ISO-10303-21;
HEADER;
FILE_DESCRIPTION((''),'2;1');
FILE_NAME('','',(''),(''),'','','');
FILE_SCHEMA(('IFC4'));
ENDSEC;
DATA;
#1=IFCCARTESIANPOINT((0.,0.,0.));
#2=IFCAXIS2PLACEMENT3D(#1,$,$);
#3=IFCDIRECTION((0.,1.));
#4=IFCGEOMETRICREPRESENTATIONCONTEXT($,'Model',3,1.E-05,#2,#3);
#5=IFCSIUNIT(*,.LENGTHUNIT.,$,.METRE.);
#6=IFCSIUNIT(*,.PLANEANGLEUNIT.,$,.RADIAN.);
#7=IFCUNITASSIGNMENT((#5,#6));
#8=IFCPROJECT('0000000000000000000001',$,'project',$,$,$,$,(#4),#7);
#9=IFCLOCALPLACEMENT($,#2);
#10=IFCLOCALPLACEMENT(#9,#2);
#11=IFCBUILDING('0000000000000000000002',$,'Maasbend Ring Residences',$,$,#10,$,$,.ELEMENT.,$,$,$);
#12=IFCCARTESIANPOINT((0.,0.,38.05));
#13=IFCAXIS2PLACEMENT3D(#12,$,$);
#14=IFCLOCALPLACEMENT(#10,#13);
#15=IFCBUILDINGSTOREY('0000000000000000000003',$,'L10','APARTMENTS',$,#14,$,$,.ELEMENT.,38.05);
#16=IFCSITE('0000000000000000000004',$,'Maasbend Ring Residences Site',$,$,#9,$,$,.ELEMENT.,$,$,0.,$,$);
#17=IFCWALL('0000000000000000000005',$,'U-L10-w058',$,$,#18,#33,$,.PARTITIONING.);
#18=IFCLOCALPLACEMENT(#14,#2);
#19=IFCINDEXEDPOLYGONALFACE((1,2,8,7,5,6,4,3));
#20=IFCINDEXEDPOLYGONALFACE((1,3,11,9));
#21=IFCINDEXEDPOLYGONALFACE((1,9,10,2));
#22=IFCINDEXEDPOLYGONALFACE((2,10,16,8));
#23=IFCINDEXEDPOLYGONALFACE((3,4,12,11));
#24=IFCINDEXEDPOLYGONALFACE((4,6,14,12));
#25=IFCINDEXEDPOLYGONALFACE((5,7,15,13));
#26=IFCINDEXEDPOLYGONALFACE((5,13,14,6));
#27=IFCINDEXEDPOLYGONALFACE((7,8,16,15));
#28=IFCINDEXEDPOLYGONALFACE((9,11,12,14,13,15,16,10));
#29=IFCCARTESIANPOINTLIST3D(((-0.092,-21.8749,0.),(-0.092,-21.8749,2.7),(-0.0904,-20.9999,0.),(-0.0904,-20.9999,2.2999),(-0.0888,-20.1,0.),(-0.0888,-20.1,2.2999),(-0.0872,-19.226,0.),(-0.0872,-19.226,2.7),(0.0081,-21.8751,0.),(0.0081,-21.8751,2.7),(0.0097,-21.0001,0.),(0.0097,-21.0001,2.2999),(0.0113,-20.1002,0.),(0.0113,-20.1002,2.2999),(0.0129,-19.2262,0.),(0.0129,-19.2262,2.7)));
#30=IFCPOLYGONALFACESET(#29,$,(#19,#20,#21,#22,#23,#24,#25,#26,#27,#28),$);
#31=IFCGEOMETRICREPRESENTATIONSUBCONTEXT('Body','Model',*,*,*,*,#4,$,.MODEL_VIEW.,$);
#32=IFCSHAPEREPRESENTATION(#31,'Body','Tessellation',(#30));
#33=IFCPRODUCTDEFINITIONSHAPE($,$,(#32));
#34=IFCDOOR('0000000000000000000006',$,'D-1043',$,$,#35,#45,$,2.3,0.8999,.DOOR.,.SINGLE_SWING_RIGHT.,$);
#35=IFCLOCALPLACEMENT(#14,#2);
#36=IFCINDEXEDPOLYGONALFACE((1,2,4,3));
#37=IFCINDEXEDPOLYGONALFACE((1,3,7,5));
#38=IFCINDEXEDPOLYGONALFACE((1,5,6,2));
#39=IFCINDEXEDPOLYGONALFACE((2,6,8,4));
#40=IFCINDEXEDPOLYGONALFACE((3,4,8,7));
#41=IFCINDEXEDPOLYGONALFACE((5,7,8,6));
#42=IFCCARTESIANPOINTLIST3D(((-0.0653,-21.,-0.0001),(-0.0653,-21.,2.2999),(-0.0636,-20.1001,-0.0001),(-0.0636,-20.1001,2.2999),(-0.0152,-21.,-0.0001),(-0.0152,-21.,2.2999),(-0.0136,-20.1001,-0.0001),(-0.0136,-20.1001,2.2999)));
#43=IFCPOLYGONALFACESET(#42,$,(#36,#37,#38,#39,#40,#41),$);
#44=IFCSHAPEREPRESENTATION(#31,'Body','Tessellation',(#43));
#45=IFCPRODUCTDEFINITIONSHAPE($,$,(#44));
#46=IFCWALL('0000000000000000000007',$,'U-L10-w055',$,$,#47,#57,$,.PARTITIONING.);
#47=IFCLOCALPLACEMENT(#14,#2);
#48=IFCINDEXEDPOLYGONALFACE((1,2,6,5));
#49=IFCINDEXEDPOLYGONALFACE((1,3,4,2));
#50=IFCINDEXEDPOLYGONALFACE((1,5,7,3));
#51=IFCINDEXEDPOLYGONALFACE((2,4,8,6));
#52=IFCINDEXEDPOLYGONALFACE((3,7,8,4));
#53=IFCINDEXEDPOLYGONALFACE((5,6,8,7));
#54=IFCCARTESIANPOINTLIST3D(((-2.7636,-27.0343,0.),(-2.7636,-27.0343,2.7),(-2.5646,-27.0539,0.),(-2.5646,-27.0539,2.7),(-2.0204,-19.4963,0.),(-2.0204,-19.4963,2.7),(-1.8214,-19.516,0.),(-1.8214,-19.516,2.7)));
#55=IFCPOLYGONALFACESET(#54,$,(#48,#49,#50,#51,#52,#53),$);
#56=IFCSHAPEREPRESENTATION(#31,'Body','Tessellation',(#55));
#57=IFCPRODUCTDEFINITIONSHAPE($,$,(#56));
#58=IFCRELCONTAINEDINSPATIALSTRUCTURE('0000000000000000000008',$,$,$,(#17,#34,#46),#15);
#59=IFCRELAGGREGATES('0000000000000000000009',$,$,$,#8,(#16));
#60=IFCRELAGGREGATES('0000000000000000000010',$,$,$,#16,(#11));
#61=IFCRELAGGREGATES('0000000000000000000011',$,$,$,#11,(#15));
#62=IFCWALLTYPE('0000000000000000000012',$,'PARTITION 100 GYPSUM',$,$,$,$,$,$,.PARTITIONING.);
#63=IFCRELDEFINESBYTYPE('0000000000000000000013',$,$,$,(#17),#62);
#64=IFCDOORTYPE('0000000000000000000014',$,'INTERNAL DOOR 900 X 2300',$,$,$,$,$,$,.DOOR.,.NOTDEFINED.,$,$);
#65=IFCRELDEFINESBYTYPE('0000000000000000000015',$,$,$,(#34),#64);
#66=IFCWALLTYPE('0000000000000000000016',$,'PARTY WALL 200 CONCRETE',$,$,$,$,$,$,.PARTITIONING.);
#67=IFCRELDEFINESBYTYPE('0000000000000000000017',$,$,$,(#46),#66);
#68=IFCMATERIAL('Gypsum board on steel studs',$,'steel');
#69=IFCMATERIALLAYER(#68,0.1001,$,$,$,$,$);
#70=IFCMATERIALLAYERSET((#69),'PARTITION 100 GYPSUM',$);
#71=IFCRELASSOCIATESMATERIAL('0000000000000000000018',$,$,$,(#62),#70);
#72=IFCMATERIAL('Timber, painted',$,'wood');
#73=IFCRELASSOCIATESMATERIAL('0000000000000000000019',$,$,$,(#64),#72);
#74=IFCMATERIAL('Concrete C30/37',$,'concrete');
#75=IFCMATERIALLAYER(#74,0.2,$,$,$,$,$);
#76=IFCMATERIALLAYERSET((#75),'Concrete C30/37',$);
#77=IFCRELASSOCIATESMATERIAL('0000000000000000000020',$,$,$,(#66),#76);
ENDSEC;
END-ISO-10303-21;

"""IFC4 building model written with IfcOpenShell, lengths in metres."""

from ifc_helpers import new_model, si_unit, direction, frame, frame_2d, origin, place, context, subcontext, project, spatial, rectangle, extrude, material, layer, layer_set, type_object, element, fill, save


model = new_model("IFC4")

# Units and contexts
model_context = context("Model", 3, precision=1e-05, world=origin(), true_north=direction((0.0, 1.0)))
body_context = subcontext(model_context, "Body", "Model", "MODEL_VIEW")
ifc_project = project(units=[si_unit("LENGTHUNIT", "METRE"), si_unit("PLANEANGLEUNIT", "RADIAN")], contexts=[model_context])

# Site, building, storey
site_placement = place(None, origin())
site = spatial("IfcSite", under=ifc_project, at=site_placement, Name="Maasbend Ring Residences Site", CompositionType="ELEMENT", RefElevation=0.0)
building_placement = place(site_placement, origin())
building = spatial("IfcBuilding", under=site, at=building_placement, Name="Maasbend Ring Residences", CompositionType="ELEMENT")
storey_placement = place(building_placement, frame((0.0, 0.0, 38.05)))
storey = spatial("IfcBuildingStorey", under=building, at=storey_placement, Name="L10", Description="APARTMENTS", CompositionType="ELEMENT", Elevation=38.05)

# Shared definitions
ifc_material_1 = material(Name="Gypsum board on steel studs", Category="steel")
ifc_layer_1 = layer(ifc_material_1, 0.1001)
ifc_layer_set_1 = layer_set([ifc_layer_1], Name="PARTITION 100 GYPSUM")
wall_type_1 = type_object("IfcWallType", Name="PARTITION 100 GYPSUM", PredefinedType="PARTITIONING", material=ifc_layer_set_1)

# Wall, opening, door
ifc_material_2 = material(Name="Timber, painted", Category="wood")
door_type_1 = type_object("IfcDoorType", Name="INTERNAL DOOR 900 X 2300", OperationType="NOTDEFINED", PredefinedType="DOOR", material=ifc_material_2)
wall_1_placement = place(storey_placement, frame((-0.042, -21.875, 0.0), z_axis=(0.0, 0.0, 1.0), x_axis=(0.001843, 0.999998, 0.0)))
wall_1 = element("IfcWall", 1, at=wall_1_placement, inside=storey, type_object=wall_type_1, Name="U-L10-w058", PredefinedType="PARTITIONING", context=body_context, shape_type="SweptSolid", body=[
    extrude(rectangle(XDim=2.6489, YDim=0.1001, at=frame_2d((1.3245, 0.0))), origin(), (0.0, 0.0, 1.0), 2.7),
])
opening_1_placement = place(wall_1_placement, frame((0.875, 0.0, 0.0)))
opening_1 = element("IfcOpeningElement", 2, at=opening_1_placement, cuts=wall_1, PredefinedType="OPENING", context=body_context, shape_type="SweptSolid", body=[
    extrude(rectangle(XDim=0.8999, YDim=2.3, at=frame_2d((0.45, 1.1499))), frame((0.0, 0.0601, 0.0), z_axis=(0.0, -1.0, 0.0), x_axis=(1.0, 0.0, 0.0)), (0.0, 0.0, 1.0), 0.1201),
])
door_1_placement = place(opening_1_placement, origin())
door_1 = element("IfcDoor", 3, at=door_1_placement, inside=storey, type_object=door_type_1, Name="D-1043", OperationType="SINGLE_SWING_RIGHT", OverallHeight=2.3, OverallWidth=0.8999, PredefinedType="DOOR", context=body_context, shape_type="SweptSolid", body=[
    extrude(rectangle(XDim=0.8999, YDim=2.3, at=frame_2d((0.45, 1.1499))), frame((0.0, 0.0249, 0.0), z_axis=(0.0, -1.0, 0.0), x_axis=(1.0, 0.0, 0.0)), (0.0, 0.0, 1.0), 0.05),
])
fill(opening_1, door_1)

# Wall
ifc_material_3 = material(Name="Concrete C30/37", Category="concrete")
ifc_layer_2 = layer(ifc_material_3, 0.2)
ifc_layer_set_2 = layer_set([ifc_layer_2], Name="Concrete C30/37")
wall_type_2 = type_object("IfcWallType", Name="PARTY WALL 200 CONCRETE", PredefinedType="PARTITIONING", material=ifc_layer_set_2)
wall_2_placement = place(storey_placement, frame((-2.6641, -27.0439, 0.0), z_axis=(0.0, 0.0, 1.0), x_axis=(0.098115, 0.995175, 0.0)))
element("IfcWall", 4, at=wall_2_placement, inside=storey, type_object=wall_type_2, Name="U-L10-w055", PredefinedType="PARTITIONING", context=body_context, shape_type="SweptSolid", body=[
    extrude(rectangle(XDim=7.5745, YDim=0.2, at=frame_2d((3.7871, 0.0))), origin(), (0.0, 0.0, 1.0), 2.7),
])

save(model, "model.ifc")
